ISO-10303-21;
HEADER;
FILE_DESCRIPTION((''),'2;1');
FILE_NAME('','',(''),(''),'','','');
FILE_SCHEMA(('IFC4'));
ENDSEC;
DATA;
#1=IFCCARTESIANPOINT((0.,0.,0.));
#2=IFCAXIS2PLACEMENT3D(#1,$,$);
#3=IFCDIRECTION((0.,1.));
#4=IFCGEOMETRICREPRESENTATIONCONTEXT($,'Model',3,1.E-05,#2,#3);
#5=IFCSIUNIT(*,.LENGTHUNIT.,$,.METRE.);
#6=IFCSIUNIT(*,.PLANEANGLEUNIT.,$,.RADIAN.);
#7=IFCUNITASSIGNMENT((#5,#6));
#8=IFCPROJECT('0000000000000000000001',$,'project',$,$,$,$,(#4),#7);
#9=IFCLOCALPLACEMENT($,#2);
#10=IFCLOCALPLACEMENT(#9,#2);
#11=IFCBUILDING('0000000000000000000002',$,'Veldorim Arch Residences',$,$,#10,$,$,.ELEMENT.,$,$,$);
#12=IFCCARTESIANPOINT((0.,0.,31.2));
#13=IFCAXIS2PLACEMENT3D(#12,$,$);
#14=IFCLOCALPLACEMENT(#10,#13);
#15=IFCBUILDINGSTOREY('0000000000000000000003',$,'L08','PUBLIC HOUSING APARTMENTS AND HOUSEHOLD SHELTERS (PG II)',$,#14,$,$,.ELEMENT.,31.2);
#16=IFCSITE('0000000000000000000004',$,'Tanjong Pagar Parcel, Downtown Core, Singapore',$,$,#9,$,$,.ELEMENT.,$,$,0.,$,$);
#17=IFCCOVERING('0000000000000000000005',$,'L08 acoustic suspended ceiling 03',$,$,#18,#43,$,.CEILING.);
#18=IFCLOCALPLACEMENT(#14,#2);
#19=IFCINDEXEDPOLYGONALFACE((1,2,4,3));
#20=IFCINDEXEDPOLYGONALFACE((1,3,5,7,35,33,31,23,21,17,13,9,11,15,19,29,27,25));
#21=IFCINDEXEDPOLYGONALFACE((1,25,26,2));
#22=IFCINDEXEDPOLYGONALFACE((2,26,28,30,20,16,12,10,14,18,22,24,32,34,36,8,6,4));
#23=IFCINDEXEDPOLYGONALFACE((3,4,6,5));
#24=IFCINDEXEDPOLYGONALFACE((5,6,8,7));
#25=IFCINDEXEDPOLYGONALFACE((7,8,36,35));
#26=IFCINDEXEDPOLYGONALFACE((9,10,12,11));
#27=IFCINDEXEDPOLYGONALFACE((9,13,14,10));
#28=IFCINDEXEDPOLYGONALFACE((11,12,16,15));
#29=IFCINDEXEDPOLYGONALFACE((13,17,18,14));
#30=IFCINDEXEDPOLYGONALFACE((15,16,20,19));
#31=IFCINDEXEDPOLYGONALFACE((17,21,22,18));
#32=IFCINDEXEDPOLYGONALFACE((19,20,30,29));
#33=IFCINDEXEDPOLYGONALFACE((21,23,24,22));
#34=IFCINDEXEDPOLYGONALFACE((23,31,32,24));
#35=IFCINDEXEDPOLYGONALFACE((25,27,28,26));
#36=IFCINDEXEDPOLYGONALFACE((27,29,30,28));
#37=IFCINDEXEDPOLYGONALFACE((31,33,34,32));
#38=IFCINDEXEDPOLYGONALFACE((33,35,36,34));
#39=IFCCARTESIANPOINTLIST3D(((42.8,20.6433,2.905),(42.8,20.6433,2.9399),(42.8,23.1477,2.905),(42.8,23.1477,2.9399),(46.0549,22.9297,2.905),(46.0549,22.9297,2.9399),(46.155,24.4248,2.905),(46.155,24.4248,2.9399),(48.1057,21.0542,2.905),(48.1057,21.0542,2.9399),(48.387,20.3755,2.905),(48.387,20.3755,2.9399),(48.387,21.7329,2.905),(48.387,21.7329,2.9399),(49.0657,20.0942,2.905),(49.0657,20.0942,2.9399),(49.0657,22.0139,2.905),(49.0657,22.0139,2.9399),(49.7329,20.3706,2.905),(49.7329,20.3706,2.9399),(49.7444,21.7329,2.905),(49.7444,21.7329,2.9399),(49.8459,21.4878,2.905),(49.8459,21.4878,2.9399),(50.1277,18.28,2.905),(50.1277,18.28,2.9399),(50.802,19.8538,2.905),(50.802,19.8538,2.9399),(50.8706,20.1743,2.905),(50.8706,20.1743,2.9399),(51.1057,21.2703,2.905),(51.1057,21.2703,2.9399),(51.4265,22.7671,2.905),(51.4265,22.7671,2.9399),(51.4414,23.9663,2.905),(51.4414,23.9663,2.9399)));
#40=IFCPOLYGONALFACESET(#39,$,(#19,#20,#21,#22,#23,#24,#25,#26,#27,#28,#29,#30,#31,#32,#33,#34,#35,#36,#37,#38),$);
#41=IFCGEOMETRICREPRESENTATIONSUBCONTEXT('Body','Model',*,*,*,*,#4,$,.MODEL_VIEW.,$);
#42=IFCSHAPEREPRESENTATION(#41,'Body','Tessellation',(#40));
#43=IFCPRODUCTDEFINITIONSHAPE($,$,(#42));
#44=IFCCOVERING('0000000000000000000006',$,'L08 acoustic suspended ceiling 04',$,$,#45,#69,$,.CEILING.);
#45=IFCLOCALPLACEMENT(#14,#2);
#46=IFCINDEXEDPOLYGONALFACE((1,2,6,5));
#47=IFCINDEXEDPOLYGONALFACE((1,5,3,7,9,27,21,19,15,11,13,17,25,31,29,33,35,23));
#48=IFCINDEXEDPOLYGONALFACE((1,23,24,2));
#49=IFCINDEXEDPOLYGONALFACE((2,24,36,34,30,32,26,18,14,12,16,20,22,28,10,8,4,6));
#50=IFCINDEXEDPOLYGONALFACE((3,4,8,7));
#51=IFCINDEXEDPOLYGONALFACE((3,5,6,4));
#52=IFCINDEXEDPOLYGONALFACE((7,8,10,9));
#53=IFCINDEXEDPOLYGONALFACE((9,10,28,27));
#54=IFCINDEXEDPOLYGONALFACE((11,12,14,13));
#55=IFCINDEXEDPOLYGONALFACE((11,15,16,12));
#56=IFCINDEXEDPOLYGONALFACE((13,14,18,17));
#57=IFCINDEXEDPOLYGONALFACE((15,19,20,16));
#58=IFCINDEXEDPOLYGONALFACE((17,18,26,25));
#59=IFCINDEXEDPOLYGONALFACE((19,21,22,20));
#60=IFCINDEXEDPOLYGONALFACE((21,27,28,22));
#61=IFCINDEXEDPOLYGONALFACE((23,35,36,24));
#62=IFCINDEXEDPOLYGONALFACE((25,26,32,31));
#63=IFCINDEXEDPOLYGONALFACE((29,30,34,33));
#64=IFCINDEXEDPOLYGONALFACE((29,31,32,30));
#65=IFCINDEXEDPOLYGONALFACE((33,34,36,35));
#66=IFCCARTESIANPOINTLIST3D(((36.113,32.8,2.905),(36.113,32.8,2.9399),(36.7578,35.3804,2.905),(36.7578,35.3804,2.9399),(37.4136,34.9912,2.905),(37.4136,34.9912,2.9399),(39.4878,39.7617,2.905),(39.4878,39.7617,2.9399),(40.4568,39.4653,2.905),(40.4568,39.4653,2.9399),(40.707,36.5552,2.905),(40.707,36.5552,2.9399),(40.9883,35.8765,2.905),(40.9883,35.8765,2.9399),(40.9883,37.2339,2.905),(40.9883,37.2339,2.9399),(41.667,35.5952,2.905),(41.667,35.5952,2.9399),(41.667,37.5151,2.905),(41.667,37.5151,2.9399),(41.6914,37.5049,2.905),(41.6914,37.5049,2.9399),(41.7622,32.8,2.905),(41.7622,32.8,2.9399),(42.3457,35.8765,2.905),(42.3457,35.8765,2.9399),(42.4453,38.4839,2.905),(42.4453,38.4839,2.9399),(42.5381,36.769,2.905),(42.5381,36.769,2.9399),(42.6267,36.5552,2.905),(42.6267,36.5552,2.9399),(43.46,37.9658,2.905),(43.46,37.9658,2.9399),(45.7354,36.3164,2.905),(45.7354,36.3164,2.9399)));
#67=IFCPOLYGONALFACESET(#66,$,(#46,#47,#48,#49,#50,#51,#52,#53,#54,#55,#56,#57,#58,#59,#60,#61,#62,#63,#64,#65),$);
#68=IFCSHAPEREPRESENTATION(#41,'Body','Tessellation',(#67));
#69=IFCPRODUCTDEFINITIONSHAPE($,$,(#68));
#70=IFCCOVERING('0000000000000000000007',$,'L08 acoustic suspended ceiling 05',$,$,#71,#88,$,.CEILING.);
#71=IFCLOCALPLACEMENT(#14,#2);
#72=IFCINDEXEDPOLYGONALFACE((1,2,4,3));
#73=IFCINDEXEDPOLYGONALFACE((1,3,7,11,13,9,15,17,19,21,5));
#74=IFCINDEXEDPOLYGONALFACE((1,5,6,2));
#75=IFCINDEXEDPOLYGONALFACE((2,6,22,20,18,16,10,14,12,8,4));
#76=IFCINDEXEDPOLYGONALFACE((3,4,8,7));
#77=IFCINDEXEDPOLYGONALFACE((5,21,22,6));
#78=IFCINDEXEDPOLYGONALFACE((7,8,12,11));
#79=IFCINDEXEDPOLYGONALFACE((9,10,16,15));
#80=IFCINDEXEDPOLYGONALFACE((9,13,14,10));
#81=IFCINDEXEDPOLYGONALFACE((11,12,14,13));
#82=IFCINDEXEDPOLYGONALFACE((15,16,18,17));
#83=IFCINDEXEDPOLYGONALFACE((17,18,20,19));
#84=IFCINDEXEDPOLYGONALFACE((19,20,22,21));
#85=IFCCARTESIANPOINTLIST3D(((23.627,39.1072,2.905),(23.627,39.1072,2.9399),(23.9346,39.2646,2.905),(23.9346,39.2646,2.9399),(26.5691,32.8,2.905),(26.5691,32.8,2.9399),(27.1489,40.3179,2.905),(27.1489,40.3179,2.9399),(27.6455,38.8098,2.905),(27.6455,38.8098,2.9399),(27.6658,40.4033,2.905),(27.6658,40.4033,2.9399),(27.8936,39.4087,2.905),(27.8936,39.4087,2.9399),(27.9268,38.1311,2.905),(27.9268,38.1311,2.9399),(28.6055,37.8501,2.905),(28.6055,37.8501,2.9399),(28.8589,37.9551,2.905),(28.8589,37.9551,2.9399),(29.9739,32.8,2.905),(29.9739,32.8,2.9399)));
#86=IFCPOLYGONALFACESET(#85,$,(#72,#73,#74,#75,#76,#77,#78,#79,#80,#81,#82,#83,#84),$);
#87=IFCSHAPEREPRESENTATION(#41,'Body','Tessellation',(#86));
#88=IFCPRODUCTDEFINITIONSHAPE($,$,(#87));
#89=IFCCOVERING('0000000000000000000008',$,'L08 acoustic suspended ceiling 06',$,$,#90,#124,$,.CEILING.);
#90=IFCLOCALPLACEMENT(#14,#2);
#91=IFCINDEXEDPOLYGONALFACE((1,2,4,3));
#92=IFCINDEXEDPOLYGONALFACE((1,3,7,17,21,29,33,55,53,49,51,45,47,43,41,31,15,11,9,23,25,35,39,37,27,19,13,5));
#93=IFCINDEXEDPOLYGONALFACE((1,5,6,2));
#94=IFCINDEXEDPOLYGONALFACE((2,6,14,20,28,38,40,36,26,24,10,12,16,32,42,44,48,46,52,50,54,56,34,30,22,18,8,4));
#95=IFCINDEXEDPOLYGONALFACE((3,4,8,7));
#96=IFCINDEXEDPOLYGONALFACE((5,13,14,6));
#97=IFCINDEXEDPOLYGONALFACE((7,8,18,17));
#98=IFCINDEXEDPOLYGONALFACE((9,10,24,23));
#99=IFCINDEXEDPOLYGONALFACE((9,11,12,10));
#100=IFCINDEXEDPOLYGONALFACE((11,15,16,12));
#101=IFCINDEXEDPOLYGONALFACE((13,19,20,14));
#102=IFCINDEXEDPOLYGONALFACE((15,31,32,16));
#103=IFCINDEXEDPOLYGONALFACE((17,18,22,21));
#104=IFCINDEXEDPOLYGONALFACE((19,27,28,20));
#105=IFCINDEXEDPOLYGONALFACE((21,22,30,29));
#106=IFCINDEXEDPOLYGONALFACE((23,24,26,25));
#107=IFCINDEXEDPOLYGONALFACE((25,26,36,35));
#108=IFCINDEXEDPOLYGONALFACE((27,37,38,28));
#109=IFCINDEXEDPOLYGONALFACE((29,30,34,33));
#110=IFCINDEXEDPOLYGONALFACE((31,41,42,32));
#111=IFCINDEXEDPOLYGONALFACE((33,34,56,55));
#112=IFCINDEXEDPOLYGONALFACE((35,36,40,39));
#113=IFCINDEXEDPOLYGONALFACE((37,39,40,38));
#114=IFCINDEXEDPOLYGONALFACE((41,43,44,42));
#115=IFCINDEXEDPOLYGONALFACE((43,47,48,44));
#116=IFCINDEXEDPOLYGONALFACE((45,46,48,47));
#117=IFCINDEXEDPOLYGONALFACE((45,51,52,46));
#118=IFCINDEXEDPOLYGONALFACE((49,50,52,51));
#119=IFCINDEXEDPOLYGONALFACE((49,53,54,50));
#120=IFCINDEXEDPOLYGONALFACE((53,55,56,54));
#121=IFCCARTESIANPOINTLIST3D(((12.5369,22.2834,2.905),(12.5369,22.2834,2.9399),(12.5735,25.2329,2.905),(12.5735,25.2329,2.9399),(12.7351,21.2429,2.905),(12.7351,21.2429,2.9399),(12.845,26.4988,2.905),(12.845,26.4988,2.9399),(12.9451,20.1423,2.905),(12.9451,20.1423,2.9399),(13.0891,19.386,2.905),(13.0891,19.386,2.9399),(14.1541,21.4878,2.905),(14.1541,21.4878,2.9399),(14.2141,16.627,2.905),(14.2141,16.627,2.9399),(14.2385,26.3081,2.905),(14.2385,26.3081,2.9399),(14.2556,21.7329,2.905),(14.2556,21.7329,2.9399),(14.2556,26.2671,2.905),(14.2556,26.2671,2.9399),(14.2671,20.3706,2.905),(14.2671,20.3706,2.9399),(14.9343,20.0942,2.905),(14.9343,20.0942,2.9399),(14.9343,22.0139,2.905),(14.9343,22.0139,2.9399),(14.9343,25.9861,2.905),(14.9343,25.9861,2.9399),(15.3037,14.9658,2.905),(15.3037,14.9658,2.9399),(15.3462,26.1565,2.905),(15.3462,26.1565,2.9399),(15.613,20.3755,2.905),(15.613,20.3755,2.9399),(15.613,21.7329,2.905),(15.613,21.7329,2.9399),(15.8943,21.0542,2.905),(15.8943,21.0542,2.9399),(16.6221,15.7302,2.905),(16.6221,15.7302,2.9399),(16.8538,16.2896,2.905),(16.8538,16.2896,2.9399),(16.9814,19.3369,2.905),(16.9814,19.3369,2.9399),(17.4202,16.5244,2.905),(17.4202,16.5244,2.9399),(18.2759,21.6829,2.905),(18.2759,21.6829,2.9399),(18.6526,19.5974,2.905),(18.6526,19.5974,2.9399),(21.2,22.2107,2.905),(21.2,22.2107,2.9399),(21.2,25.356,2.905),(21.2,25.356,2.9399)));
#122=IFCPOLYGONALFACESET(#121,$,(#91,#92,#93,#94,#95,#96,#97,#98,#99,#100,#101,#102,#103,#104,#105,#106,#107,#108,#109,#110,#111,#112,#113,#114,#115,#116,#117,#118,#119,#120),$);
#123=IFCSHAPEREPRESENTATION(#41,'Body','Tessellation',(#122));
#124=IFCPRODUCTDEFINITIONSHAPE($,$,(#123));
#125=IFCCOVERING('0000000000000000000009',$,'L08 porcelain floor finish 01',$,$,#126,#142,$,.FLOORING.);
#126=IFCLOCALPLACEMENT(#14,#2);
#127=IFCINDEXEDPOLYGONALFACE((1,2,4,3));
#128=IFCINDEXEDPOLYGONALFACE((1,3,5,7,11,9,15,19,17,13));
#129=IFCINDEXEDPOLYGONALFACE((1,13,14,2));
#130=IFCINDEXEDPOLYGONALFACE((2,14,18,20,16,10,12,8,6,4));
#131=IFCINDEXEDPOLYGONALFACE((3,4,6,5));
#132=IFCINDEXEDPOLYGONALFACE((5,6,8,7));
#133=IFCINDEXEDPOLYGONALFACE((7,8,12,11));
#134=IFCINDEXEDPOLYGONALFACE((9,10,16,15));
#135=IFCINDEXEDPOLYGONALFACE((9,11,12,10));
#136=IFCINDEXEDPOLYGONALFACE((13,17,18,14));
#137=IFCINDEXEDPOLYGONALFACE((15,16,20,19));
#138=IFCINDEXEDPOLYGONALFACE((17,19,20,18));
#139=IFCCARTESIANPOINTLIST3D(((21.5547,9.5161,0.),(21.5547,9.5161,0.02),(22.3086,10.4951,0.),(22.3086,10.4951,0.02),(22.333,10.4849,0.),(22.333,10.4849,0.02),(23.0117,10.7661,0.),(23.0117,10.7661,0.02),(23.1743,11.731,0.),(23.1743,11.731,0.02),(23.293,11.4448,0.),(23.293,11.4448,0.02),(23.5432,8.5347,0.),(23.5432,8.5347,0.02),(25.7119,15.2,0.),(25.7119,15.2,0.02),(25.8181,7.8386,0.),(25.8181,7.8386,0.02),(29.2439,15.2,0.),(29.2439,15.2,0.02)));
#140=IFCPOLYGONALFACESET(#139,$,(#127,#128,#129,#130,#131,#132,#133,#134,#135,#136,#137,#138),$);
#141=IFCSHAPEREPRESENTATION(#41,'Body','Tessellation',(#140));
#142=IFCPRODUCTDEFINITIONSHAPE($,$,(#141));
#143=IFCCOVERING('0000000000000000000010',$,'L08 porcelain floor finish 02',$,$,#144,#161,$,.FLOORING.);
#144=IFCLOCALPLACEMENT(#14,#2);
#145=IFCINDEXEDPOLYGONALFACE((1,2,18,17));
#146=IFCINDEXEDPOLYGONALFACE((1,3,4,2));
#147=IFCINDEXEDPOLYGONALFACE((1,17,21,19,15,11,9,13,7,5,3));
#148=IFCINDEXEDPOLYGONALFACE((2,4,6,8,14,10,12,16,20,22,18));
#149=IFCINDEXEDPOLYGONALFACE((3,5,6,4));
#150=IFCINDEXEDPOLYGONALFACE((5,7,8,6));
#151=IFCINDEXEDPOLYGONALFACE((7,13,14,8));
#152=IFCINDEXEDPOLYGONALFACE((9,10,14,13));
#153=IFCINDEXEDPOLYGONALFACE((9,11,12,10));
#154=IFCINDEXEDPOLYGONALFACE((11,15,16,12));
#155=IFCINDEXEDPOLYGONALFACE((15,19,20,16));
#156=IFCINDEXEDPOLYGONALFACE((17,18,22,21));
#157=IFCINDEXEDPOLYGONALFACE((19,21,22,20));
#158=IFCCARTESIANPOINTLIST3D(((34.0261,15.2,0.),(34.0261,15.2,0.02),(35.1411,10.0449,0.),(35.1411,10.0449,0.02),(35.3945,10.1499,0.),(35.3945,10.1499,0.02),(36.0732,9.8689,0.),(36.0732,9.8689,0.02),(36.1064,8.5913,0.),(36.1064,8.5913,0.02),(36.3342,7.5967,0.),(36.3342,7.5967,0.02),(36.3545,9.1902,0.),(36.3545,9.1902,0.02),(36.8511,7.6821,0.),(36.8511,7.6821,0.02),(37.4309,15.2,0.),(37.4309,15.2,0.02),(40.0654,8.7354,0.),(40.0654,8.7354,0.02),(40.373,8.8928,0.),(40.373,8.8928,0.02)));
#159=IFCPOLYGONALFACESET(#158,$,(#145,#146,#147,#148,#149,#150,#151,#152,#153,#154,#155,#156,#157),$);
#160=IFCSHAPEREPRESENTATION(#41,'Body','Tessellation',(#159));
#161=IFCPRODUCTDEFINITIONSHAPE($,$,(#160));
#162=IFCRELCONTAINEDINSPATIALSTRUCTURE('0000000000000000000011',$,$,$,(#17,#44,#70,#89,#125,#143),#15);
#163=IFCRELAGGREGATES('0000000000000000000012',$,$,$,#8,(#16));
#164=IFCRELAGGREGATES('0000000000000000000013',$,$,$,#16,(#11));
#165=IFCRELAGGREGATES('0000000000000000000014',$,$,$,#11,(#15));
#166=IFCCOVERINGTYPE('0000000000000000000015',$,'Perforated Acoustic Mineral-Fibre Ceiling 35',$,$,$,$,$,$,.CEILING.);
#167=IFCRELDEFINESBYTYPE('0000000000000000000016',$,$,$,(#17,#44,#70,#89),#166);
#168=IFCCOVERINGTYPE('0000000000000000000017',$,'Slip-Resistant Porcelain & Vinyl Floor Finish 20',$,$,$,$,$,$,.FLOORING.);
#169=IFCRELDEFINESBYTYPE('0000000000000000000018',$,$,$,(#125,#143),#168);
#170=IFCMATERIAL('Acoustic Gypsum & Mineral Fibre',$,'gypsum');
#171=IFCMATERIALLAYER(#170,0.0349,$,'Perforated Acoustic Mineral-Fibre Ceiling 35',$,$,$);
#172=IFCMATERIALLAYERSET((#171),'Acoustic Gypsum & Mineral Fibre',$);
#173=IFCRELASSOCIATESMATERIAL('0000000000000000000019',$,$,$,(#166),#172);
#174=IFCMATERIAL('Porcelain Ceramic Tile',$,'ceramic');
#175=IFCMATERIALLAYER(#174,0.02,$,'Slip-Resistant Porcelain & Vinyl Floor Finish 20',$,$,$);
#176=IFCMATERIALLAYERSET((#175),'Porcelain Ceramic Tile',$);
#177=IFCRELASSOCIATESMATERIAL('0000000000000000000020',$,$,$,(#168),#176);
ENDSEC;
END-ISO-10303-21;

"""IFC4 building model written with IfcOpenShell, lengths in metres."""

from ifc_helpers import new_model, si_unit, direction, frame, origin, place, context, subcontext, project, spatial, polyline, outline, extrude, material, layer, layer_set, type_object, element, save


model = new_model("IFC4")

# Units and contexts
model_context = context("Model", 3, precision=1e-05, world=origin(), true_north=direction((0.0, 1.0)))
body_context = subcontext(model_context, "Body", "Model", "MODEL_VIEW")
ifc_project = project(units=[si_unit("LENGTHUNIT", "METRE"), si_unit("PLANEANGLEUNIT", "RADIAN")], contexts=[model_context])

# Site, building, storey
site_placement = place(None, origin())
site = spatial("IfcSite", under=ifc_project, at=site_placement, Name="Tanjong Pagar Parcel, Downtown Core, Singapore", CompositionType="ELEMENT", RefElevation=0.0)
building_placement = place(site_placement, origin())
building = spatial("IfcBuilding", under=site, at=building_placement, Name="Veldorim Arch Residences", CompositionType="ELEMENT")
storey_placement = place(building_placement, frame((0.0, 0.0, 31.2)))
storey = spatial("IfcBuildingStorey", under=building, at=storey_placement, Name="L08", Description="PUBLIC HOUSING APARTMENTS AND HOUSEHOLD SHELTERS (PG II)", CompositionType="ELEMENT", Elevation=31.2)

# Coverings
ifc_material_1 = material(Name="Acoustic Gypsum & Mineral Fibre", Category="gypsum")
ifc_layer_1 = layer(ifc_material_1, 0.0349, Name="Perforated Acoustic Mineral-Fibre Ceiling 35")
ifc_layer_set_1 = layer_set([ifc_layer_1], Name="Acoustic Gypsum & Mineral Fibre")
covering_type_1 = type_object("IfcCoveringType", Name="Perforated Acoustic Mineral-Fibre Ceiling 35", PredefinedType="CEILING", material=ifc_layer_set_1)
covering_1_placement = place(storey_placement, frame((0.0, 0.0, 2.905)))
element("IfcCovering", 1, at=covering_1_placement, inside=storey, type_object=covering_type_1, Name="L08 acoustic suspended ceiling 03", PredefinedType="CEILING", context=body_context, shape_type="SweptSolid", body=[
    extrude(outline(polyline([(49.0657, 20.0942), (49.7329, 20.3706), (50.8706, 20.1743), (50.802, 19.8538), (50.1277, 18.28), (42.8, 20.6433), (42.8, 23.1477), (46.0549, 22.9297), (46.155, 24.4248), (51.4414, 23.9663), (51.4265, 22.7671), (51.1057, 21.2703), (49.8459, 21.4878), (49.7444, 21.7329), (49.0657, 22.0139), (48.387, 21.7329), (48.1057, 21.0542), (48.387, 20.3755), (49.0657, 20.0942)])), origin(), (0.0, 0.0, 1.0), 0.0349),
])
covering_2_placement = place(storey_placement, frame((0.0, 0.0, 2.905)))
element("IfcCovering", 2, at=covering_2_placement, inside=storey, type_object=covering_type_1, Name="L08 acoustic suspended ceiling 04", PredefinedType="CEILING", context=body_context, shape_type="SweptSolid", body=[
    extrude(outline(polyline([(41.667, 37.5151), (40.9883, 37.2339), (40.707, 36.5552), (40.9883, 35.8765), (41.667, 35.5952), (42.3457, 35.8765), (42.6267, 36.5552), (42.5381, 36.769), (43.46, 37.9658), (45.7354, 36.3164), (41.7622, 32.8), (36.113, 32.8), (37.4136, 34.9912), (36.7578, 35.3804), (39.4878, 39.7617), (40.4568, 39.4653), (42.4453, 38.4839), (41.6914, 37.5049), (41.667, 37.5151)])), origin(), (0.0, 0.0, 1.0), 0.0349),
])
covering_3_placement = place(storey_placement, frame((0.0, 0.0, 2.905)))
element("IfcCovering", 3, at=covering_3_placement, inside=storey, type_object=covering_type_1, Name="L08 acoustic suspended ceiling 05", PredefinedType="CEILING", context=body_context, shape_type="SweptSolid", body=[
    extrude(outline(polyline([(27.6658, 40.4033), (27.8936, 39.4087), (27.6455, 38.8098), (27.9268, 38.1311), (28.6055, 37.8501), (28.8589, 37.9551), (29.9739, 32.8), (26.5691, 32.8), (23.627, 39.1072), (23.9346, 39.2646), (27.1489, 40.3179), (27.6658, 40.4033)])), origin(), (0.0, 0.0, 1.0), 0.0349),
])
covering_4_placement = place(storey_placement, frame((0.0, 0.0, 2.905)))
element("IfcCovering", 4, at=covering_4_placement, inside=storey, type_object=covering_type_1, Name="L08 acoustic suspended ceiling 06", PredefinedType="CEILING", context=body_context, shape_type="SweptSolid", body=[
    extrude(outline(polyline([(14.2556, 26.2671), (14.9343, 25.9861), (15.3462, 26.1565), (21.2, 25.356), (21.2, 22.2107), (18.2759, 21.6829), (18.6526, 19.5974), (16.9814, 19.3369), (17.4202, 16.5244), (16.8538, 16.2896), (16.6221, 15.7302), (15.3037, 14.9658), (14.2141, 16.627), (13.0891, 19.386), (12.9451, 20.1423), (14.2671, 20.3706), (14.9343, 20.0942), (15.613, 20.3755), (15.8943, 21.0542), (15.613, 21.7329), (14.9343, 22.0139), (14.2556, 21.7329), (14.1541, 21.4878), (12.7351, 21.2429), (12.5369, 22.2834), (12.5735, 25.2329), (12.845, 26.4988), (14.2385, 26.3081), (14.2556, 26.2671)])), origin(), (0.0, 0.0, 1.0), 0.0349),
])
ifc_material_2 = material(Name="Porcelain Ceramic Tile", Category="ceramic")
ifc_layer_2 = layer(ifc_material_2, 0.02, Name="Slip-Resistant Porcelain & Vinyl Floor Finish 20")
ifc_layer_set_2 = layer_set([ifc_layer_2], Name="Porcelain Ceramic Tile")
covering_type_2 = type_object("IfcCoveringType", Name="Slip-Resistant Porcelain & Vinyl Floor Finish 20", PredefinedType="FLOORING", material=ifc_layer_set_2)
covering_5_placement = place(storey_placement, origin())
element("IfcCovering", 5, at=covering_5_placement, inside=storey, type_object=covering_type_2, Name="L08 porcelain floor finish 01", PredefinedType="FLOORING", context=body_context, shape_type="SweptSolid", body=[
    extrude(outline(polyline([(22.3086, 10.4951), (22.333, 10.4849), (23.0117, 10.7661), (23.293, 11.4448), (23.1743, 11.731), (25.7119, 15.2), (29.2439, 15.2), (25.8181, 7.8386), (23.5432, 8.5347), (21.5547, 9.5161), (22.3086, 10.4951)])), origin(), (0.0, 0.0, 1.0), 0.02),
])
covering_6_placement = place(storey_placement, origin())
element("IfcCovering", 6, at=covering_6_placement, inside=storey, type_object=covering_type_2, Name="L08 porcelain floor finish 02", PredefinedType="FLOORING", context=body_context, shape_type="SweptSolid", body=[
    extrude(outline(polyline([(36.3545, 9.1902), (36.0732, 9.8689), (35.3945, 10.1499), (35.1411, 10.0449), (34.0261, 15.2), (37.4309, 15.2), (40.373, 8.8928), (40.0654, 8.7354), (36.8511, 7.6821), (36.3342, 7.5967), (36.1064, 8.5913), (36.3545, 9.1902)])), origin(), (0.0, 0.0, 1.0), 0.02),
])

save(model, "model.ifc")
